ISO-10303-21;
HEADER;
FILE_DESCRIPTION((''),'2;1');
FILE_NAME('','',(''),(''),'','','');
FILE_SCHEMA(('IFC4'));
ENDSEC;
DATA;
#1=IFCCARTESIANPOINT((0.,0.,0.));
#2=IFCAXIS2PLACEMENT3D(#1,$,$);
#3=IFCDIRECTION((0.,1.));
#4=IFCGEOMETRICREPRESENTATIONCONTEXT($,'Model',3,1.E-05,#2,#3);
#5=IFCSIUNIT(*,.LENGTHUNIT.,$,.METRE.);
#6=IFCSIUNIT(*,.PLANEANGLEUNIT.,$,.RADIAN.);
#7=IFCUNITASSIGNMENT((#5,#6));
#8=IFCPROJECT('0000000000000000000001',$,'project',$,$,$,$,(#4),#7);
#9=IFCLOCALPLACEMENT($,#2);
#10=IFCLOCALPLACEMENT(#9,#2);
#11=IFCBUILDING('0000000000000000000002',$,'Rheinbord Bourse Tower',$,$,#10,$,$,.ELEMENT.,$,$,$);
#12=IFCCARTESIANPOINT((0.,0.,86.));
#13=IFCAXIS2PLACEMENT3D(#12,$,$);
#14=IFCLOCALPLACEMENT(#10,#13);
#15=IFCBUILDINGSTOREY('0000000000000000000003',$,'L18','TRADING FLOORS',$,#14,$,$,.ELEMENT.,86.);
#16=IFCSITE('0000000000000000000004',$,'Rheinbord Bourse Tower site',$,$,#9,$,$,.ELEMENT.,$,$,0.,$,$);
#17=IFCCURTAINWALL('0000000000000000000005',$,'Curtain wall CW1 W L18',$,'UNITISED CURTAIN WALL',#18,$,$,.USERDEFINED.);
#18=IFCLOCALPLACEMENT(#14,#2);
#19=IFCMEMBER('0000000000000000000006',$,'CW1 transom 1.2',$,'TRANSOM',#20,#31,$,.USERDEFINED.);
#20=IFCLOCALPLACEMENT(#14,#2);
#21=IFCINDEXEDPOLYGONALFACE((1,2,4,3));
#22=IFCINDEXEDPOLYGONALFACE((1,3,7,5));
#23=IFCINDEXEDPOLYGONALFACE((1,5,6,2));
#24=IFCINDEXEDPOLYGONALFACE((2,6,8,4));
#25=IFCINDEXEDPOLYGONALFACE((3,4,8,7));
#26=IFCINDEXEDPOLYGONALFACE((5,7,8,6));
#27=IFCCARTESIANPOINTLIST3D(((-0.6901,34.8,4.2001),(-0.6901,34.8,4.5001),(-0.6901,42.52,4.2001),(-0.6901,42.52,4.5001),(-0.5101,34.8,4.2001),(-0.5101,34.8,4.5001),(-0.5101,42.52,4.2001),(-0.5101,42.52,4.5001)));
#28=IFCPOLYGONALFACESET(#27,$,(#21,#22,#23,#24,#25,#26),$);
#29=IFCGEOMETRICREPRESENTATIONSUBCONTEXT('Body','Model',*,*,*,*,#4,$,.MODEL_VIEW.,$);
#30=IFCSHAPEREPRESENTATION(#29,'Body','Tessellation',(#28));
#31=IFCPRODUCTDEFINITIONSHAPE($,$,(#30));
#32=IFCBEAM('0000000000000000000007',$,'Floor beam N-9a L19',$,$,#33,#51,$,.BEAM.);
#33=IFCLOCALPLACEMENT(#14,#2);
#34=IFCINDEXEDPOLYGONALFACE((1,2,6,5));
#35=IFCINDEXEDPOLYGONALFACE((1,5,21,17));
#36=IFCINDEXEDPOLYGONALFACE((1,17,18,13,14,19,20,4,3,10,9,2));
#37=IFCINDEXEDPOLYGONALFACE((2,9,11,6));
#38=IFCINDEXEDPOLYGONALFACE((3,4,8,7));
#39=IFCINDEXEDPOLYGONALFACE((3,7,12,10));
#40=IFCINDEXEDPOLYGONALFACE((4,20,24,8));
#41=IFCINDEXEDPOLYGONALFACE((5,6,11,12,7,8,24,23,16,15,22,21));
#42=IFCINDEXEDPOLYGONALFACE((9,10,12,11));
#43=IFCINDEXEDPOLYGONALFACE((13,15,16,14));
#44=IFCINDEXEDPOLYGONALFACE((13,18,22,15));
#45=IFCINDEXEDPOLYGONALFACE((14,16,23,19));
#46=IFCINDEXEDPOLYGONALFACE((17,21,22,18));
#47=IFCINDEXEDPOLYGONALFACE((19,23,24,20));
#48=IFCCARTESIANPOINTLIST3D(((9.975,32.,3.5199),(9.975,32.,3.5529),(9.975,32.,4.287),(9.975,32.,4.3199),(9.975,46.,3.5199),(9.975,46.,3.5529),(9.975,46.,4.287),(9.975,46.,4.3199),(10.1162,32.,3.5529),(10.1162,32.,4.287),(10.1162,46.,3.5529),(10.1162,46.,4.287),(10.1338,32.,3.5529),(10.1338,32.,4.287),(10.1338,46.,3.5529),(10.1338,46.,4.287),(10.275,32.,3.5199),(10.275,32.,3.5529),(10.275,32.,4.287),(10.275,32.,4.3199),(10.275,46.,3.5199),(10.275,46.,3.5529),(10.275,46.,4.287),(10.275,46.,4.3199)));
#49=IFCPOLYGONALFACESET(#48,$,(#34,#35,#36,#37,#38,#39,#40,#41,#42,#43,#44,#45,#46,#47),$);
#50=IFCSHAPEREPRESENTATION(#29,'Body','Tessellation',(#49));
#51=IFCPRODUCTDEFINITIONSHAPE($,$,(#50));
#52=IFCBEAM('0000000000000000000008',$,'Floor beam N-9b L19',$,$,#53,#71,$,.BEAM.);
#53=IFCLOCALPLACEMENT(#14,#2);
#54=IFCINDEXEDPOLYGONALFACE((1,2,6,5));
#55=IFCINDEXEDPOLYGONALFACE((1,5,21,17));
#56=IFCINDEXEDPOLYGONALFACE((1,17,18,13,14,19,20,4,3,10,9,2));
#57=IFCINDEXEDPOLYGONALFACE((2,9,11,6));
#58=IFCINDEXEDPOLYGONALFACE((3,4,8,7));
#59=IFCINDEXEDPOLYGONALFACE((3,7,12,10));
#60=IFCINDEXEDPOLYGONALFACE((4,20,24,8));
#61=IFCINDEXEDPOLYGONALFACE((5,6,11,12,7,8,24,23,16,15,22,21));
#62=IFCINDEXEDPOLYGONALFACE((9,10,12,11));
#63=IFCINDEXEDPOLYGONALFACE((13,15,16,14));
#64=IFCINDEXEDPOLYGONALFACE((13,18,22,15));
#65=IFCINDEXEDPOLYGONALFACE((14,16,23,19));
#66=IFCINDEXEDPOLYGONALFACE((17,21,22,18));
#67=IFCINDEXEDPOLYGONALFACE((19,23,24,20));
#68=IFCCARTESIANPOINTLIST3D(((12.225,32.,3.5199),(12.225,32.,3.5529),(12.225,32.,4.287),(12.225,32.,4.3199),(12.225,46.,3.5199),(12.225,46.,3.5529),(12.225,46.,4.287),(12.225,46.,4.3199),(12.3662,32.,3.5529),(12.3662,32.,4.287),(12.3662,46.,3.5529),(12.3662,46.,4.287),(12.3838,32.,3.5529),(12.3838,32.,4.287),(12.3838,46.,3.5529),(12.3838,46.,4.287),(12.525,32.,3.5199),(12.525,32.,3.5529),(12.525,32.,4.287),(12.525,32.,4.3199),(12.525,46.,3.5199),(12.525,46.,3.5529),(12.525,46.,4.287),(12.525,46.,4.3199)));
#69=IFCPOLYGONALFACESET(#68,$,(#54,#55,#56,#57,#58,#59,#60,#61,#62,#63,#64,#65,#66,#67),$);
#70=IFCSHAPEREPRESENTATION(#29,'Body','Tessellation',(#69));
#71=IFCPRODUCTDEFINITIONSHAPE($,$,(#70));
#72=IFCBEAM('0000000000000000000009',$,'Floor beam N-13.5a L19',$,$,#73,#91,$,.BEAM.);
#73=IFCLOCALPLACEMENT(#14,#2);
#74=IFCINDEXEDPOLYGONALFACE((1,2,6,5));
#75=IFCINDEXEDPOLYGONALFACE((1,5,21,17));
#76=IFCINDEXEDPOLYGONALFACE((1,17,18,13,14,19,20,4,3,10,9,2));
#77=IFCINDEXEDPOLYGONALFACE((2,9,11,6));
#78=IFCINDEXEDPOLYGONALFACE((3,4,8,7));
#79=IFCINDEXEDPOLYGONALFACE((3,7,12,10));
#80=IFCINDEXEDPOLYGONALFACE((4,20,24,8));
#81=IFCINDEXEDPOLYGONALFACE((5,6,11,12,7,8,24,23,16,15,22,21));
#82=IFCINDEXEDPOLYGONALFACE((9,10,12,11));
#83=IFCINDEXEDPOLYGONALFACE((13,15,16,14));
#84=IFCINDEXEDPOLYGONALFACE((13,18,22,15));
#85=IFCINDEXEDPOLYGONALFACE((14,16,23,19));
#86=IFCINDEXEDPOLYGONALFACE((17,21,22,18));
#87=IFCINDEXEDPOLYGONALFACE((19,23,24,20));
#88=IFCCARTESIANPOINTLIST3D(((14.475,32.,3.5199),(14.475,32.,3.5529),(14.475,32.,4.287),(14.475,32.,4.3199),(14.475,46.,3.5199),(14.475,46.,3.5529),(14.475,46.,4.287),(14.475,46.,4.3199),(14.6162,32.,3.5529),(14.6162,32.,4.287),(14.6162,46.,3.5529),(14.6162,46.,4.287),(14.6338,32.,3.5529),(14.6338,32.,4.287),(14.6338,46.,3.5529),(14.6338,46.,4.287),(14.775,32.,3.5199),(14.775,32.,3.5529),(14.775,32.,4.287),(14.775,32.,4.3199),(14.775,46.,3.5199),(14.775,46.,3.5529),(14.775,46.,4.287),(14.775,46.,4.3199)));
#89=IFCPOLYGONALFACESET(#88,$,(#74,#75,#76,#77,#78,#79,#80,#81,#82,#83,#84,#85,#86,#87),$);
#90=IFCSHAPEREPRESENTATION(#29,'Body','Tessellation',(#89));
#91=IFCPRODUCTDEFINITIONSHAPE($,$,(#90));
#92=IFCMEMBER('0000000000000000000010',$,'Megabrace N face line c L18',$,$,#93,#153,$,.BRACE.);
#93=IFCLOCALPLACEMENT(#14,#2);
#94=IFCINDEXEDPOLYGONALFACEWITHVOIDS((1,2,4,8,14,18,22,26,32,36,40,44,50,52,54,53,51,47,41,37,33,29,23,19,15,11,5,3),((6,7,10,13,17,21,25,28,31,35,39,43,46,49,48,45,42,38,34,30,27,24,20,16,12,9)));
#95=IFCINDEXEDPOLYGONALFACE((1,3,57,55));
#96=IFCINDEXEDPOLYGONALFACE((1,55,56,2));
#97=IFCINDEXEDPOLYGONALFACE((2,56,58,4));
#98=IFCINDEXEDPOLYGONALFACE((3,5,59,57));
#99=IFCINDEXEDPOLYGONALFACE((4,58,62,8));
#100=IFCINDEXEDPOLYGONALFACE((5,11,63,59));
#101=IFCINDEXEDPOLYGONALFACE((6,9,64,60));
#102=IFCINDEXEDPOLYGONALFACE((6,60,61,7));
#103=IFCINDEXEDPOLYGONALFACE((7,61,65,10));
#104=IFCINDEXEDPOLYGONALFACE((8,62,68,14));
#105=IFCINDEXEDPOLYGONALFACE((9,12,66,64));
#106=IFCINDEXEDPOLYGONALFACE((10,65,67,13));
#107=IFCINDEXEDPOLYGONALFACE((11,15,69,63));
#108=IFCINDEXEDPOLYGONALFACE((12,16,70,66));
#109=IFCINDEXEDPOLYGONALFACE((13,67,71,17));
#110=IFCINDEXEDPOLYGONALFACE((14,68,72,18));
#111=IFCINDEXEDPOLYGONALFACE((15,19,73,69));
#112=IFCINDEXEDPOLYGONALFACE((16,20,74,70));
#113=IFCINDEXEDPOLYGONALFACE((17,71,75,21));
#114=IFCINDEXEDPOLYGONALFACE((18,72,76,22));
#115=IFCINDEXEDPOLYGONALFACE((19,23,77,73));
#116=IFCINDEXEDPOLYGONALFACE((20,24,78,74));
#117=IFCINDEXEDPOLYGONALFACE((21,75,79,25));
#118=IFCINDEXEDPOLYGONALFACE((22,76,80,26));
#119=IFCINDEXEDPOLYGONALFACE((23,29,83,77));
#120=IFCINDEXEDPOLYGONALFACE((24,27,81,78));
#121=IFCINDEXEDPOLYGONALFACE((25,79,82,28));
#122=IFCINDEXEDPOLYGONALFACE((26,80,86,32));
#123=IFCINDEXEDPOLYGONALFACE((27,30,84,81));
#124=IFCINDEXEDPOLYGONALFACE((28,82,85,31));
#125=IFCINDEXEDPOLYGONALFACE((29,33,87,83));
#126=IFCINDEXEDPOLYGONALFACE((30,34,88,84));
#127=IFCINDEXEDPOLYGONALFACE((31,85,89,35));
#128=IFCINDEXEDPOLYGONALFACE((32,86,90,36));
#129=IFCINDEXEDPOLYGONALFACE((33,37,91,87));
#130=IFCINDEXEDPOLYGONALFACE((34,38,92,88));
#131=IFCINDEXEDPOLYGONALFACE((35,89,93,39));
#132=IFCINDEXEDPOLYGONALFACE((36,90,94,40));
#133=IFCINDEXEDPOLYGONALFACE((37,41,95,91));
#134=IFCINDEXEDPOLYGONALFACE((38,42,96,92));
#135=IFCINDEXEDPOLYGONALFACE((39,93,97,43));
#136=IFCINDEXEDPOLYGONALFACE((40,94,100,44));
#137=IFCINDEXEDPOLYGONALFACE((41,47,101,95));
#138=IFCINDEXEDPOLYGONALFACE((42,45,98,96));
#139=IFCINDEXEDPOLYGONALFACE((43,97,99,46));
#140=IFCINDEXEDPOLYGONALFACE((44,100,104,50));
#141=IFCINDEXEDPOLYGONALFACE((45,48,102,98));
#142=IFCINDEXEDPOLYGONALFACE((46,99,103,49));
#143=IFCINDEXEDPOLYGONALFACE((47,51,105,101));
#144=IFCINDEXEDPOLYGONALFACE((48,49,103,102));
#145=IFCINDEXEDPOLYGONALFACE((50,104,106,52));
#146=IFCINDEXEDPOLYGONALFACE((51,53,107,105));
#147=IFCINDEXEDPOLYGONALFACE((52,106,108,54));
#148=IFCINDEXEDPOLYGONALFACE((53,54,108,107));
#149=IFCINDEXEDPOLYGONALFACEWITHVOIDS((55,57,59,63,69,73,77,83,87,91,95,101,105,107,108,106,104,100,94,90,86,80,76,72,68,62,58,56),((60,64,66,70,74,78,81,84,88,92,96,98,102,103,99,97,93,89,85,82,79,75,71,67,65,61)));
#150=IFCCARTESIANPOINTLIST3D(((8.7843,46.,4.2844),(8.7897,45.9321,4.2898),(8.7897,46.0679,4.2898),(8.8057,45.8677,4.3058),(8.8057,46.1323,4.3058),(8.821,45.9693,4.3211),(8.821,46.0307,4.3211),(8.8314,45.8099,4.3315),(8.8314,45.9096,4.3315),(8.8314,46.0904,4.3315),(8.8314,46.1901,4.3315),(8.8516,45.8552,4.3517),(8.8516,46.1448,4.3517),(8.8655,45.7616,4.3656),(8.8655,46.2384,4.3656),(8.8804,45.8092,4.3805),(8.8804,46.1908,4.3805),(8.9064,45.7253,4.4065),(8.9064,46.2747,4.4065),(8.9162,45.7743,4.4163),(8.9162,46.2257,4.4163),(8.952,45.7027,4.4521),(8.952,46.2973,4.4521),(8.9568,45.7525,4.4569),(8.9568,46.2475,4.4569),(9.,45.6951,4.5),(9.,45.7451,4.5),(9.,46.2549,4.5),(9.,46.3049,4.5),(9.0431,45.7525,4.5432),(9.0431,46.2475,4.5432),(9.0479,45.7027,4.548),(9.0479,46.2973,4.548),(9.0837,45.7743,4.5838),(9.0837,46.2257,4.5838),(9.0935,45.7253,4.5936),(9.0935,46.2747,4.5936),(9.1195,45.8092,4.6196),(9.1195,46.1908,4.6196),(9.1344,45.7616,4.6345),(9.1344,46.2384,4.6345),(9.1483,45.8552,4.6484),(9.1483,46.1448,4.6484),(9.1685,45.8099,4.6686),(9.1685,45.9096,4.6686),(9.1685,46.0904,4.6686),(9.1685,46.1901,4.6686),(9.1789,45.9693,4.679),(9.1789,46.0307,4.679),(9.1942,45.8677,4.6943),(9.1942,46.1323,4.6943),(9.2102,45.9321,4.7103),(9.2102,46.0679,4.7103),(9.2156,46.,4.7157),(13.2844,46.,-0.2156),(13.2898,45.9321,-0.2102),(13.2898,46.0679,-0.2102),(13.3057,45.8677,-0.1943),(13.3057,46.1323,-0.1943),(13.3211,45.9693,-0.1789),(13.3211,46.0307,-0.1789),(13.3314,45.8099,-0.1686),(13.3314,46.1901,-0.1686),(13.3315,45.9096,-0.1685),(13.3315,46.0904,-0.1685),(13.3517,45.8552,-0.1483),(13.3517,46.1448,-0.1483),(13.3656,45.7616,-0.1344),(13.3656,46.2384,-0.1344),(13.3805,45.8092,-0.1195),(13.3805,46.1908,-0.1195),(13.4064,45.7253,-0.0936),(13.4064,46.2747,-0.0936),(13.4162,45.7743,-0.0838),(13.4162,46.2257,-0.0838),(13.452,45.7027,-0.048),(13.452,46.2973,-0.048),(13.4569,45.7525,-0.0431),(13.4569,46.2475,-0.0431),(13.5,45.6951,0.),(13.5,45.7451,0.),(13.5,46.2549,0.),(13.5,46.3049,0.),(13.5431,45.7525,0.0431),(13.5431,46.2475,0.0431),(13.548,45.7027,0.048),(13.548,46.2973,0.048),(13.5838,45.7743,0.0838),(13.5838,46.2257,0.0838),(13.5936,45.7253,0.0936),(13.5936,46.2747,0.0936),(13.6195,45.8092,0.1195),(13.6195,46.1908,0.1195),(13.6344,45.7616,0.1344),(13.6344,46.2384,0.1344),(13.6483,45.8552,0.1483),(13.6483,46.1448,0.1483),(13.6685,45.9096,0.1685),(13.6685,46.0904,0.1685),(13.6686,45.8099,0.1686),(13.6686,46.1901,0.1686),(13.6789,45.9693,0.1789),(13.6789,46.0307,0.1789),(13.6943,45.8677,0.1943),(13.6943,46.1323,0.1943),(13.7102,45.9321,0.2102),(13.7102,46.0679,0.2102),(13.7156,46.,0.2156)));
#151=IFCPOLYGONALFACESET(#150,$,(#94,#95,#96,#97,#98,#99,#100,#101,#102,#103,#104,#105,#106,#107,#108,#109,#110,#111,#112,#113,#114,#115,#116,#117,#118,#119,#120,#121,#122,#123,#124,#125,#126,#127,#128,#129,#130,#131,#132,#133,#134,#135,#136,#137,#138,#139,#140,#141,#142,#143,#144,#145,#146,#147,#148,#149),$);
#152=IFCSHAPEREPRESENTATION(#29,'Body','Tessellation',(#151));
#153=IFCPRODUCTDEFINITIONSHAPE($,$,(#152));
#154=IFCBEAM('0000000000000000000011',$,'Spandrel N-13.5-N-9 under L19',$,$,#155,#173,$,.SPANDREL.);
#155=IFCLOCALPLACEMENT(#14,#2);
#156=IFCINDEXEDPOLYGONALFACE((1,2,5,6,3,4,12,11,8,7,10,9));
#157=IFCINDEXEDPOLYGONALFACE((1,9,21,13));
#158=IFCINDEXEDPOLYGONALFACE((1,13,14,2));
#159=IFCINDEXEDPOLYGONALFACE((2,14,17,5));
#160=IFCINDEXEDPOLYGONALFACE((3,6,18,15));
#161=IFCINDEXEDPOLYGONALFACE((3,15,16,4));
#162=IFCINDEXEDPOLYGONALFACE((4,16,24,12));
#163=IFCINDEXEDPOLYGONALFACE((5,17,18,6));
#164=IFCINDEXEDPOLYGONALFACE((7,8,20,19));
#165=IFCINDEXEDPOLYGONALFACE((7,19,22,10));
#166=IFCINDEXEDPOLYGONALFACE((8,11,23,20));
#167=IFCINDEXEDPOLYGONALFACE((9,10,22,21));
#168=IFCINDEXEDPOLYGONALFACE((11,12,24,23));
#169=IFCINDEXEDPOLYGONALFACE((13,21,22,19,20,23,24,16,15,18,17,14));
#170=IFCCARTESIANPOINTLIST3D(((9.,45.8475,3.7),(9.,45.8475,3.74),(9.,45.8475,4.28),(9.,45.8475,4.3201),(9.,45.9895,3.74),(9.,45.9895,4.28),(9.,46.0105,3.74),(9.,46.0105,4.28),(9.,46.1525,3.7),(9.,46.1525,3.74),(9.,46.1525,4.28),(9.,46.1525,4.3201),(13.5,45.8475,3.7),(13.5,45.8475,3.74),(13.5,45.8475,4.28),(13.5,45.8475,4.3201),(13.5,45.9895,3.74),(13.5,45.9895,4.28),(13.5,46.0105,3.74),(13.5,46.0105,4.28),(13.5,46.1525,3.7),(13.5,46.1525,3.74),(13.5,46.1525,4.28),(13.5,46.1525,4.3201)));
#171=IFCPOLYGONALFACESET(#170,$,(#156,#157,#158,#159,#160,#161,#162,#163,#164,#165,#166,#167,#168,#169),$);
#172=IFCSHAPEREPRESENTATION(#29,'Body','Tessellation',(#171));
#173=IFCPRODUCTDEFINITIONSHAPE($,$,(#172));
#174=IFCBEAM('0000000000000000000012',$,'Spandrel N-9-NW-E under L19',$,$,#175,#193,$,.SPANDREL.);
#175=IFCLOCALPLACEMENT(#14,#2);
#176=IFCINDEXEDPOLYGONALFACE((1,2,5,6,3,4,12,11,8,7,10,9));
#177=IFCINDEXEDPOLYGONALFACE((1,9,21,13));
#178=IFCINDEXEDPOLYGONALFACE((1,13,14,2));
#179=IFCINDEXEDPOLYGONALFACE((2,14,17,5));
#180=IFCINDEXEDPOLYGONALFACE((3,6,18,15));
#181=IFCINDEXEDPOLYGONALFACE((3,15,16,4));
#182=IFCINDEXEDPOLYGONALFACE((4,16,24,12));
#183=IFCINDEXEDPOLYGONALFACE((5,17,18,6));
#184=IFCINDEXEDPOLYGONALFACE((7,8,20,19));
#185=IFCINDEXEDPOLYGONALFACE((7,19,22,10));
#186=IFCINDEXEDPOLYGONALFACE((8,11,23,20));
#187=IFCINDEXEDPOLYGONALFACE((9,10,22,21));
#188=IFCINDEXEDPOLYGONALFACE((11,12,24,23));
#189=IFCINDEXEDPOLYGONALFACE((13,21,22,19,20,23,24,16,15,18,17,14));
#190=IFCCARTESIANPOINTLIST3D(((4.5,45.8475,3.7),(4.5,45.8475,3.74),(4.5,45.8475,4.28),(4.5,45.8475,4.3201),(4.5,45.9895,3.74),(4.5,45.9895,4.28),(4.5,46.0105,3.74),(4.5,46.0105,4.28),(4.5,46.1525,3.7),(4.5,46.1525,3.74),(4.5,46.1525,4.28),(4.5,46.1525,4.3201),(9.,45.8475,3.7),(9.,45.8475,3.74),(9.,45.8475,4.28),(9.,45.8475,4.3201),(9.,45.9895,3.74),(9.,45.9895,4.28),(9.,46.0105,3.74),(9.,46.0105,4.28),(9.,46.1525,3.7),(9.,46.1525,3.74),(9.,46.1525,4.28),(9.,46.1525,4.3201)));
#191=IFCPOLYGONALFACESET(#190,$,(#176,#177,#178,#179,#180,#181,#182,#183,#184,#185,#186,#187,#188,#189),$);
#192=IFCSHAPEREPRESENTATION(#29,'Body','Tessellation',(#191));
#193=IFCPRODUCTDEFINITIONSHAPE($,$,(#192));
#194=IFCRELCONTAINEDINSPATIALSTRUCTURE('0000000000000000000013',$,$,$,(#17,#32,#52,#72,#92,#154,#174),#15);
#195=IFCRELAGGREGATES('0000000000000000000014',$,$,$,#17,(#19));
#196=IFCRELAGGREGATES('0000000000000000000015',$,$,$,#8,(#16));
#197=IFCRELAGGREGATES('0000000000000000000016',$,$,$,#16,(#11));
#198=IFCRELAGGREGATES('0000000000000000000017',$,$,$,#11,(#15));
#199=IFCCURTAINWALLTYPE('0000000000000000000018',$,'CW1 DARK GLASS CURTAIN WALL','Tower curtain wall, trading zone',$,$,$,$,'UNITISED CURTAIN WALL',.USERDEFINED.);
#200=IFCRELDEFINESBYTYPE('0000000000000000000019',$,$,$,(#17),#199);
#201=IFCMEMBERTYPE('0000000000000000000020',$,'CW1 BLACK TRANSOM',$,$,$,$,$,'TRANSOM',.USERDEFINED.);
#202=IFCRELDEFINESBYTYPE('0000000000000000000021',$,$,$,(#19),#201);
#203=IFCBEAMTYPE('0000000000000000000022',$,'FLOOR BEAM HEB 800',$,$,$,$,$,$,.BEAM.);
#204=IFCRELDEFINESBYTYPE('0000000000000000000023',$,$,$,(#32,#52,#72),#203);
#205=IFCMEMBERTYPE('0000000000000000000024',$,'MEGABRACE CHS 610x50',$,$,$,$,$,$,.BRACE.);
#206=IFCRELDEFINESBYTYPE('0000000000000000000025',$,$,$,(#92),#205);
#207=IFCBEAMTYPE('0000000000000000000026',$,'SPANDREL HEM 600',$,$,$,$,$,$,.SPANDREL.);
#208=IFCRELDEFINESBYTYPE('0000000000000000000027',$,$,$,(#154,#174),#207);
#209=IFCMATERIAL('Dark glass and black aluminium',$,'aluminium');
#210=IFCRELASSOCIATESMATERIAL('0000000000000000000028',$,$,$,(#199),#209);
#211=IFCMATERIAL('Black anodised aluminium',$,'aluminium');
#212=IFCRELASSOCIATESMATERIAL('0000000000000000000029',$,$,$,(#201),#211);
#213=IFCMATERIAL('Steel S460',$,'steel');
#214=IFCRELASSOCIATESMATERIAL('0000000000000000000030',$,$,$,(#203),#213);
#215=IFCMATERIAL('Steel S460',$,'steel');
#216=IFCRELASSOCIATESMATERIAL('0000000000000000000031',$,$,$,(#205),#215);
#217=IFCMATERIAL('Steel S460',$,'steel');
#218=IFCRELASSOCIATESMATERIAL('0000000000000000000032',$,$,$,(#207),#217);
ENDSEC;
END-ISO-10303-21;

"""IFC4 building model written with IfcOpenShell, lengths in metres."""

from ifc_helpers import new_model, si_unit, direction, frame, origin, origin_2d, place, context, subcontext, project, spatial, rectangle, hollow_circle, i_section, extrude, material, material_profile, profile_set, type_object, element, aggregate, save


model = new_model("IFC4")

# Units and contexts
model_context = context("Model", 3, precision=1e-05, world=origin(), true_north=direction((0.0, 1.0)))
body_context = subcontext(model_context, "Body", "Model", "MODEL_VIEW")
ifc_project = project(units=[si_unit("LENGTHUNIT", "METRE"), si_unit("PLANEANGLEUNIT", "RADIAN")], contexts=[model_context])

# Site, building, storey
site_placement = place(None, origin())
site = spatial("IfcSite", under=ifc_project, at=site_placement, Name="Rheinbord Bourse Tower site", CompositionType="ELEMENT", RefElevation=0.0)
building_placement = place(site_placement, origin())
building = spatial("IfcBuilding", under=site, at=building_placement, Name="Rheinbord Bourse Tower", CompositionType="ELEMENT")
storey_placement = place(building_placement, frame((0.0, 0.0, 86.0)))
storey = spatial("IfcBuildingStorey", under=building, at=storey_placement, Name="L18", Description="TRADING FLOORS", CompositionType="ELEMENT", Elevation=86.0)

# Shared definitions
ifc_material_1 = material(Name="Dark glass and black aluminium", Category="aluminium")
curtain_wall_type = type_object("IfcCurtainWallType", Name="CW1 DARK GLASS CURTAIN WALL", Description="Tower curtain wall, trading zone", ElementType="UNITISED CURTAIN WALL", PredefinedType="USERDEFINED", material=ifc_material_1)

# Curtain wall
curtain_wall_1_placement = place(storey_placement, origin())
curtain_wall_1 = element("IfcCurtainWall", 1, at=curtain_wall_1_placement, inside=storey, type_object=curtain_wall_type, Name="Curtain wall CW1 W L18", ObjectType="UNITISED CURTAIN WALL", PredefinedType="USERDEFINED")

# Member
ifc_material_2 = material(Name="Black anodised aluminium", Category="aluminium")
ifc_material_profile_1 = material_profile(ifc_material_2, rectangle(XDim=0.1799, YDim=0.3, at=origin_2d()), Name="CW1 TRANSOM 300x180")
ifc_profile_set_1 = profile_set([ifc_material_profile_1], Name="Black anodised aluminium")
member_type_1 = type_object("IfcMemberType", Name="CW1 BLACK TRANSOM", ElementType="TRANSOM", PredefinedType="USERDEFINED", material=ifc_profile_set_1)
member_1_placement = place(storey_placement, frame((-0.6001, 42.52, 4.3501), z_axis=(0.0, -1.0, 0.0), x_axis=(1.0, 0.0, 0.0)))
member_1 = element("IfcMember", 2, at=member_1_placement, type_object=member_type_1, Name="CW1 transom 1.2", ObjectType="TRANSOM", PredefinedType="USERDEFINED", context=body_context, shape_type="SweptSolid", body=[
    extrude(rectangle(XDim=0.1799, YDim=0.3, at=origin_2d()), origin(), (0.0, 0.0, 1.0), 7.72),
])

# Beams
ifc_material_3 = material(Name="Steel S460", Category="steel")
ifc_material_profile_2 = material_profile(ifc_material_3, i_section(OverallWidth=0.3, OverallDepth=0.8, WebThickness=0.0176, FlangeThickness=0.033, at=origin_2d()), Name="HEB 800")
ifc_profile_set_2 = profile_set([ifc_material_profile_2], Name="Steel S460")
beam_type_1 = type_object("IfcBeamType", Name="FLOOR BEAM HEB 800", PredefinedType="BEAM", material=ifc_profile_set_2)
for number, where, z_axis, x_axis, name in (
    (3, (10.125, 46.0, 3.9199), (0.0, -1.0, 0.0), (1.0, 0.0, 0.0), "Floor beam N-9a L19"),
    (4, (12.375, 46.0, 3.9199), (0.0, -1.0, 0.0), (1.0, 0.0, 0.0), "Floor beam N-9b L19"),
    (5, (14.625, 46.0, 3.9199), (0.0, -1.0, 0.0), (1.0, 0.0, 0.0), "Floor beam N-13.5a L19"),
):
    element("IfcBeam", number, at=place(storey_placement, frame(where, z_axis=z_axis, x_axis=x_axis)), inside=storey, type_object=beam_type_1, Name=name, PredefinedType="BEAM", context=body_context, shape_type="SweptSolid", body=[
        extrude(i_section(OverallWidth=0.3, OverallDepth=0.8, WebThickness=0.0176, FlangeThickness=0.033, at=origin_2d()), origin(), (0.0, 0.0, 1.0), 14.0),
    ])

# Member
ifc_material_4 = material(Name="Steel S460", Category="steel")
ifc_material_profile_3 = material_profile(ifc_material_4, hollow_circle(Radius=0.3049, WallThickness=0.05, at=origin_2d()), Name="CHS 610x50")
ifc_profile_set_3 = profile_set([ifc_material_profile_3], Name="Steel S460")
member_type_2 = type_object("IfcMemberType", Name="MEGABRACE CHS 610x50", PredefinedType="BRACE", material=ifc_profile_set_3)
member_2_placement = place(storey_placement, frame((13.5, 46.0, 0.0), z_axis=(-0.707107, 0.0, 0.707107), x_axis=(0.0, -1.0, 0.0)))
element("IfcMember", 6, at=member_2_placement, inside=storey, type_object=member_type_2, Name="Megabrace N face line c L18", PredefinedType="BRACE", context=body_context, shape_type="SweptSolid", body=[
    extrude(hollow_circle(Radius=0.3049, WallThickness=0.05, at=origin_2d()), origin(), (0.0, 0.0, 1.0), 6.364),
])

# Beams
ifc_material_5 = material(Name="Steel S460", Category="steel")
ifc_material_profile_4 = material_profile(ifc_material_5, i_section(OverallWidth=0.3049, OverallDepth=0.6201, WebThickness=0.021, FlangeThickness=0.04, at=origin_2d()), Name="HEM 600")
ifc_profile_set_4 = profile_set([ifc_material_profile_4], Name="Steel S460")
beam_type_2 = type_object("IfcBeamType", Name="SPANDREL HEM 600", PredefinedType="SPANDREL", material=ifc_profile_set_4)
for number, where, z_axis, x_axis, name in (
    (7, (13.5, 46.0, 4.01), (-1.0, 0.0, 0.0), (0.0, -1.0, 0.0), "Spandrel N-13.5-N-9 under L19"),
    (8, (9.0, 46.0, 4.01), (-1.0, 0.0, 0.0), (0.0, -1.0, 0.0), "Spandrel N-9-NW-E under L19"),
):
    element("IfcBeam", number, at=place(storey_placement, frame(where, z_axis=z_axis, x_axis=x_axis)), inside=storey, type_object=beam_type_2, Name=name, PredefinedType="SPANDREL", context=body_context, shape_type="SweptSolid", body=[
        extrude(i_section(OverallWidth=0.3049, OverallDepth=0.6201, WebThickness=0.021, FlangeThickness=0.04, at=origin_2d()), origin(), (0.0, 0.0, 1.0), 4.5),
    ])

aggregate(curtain_wall_1, [member_1])

save(model, "model.ifc")
